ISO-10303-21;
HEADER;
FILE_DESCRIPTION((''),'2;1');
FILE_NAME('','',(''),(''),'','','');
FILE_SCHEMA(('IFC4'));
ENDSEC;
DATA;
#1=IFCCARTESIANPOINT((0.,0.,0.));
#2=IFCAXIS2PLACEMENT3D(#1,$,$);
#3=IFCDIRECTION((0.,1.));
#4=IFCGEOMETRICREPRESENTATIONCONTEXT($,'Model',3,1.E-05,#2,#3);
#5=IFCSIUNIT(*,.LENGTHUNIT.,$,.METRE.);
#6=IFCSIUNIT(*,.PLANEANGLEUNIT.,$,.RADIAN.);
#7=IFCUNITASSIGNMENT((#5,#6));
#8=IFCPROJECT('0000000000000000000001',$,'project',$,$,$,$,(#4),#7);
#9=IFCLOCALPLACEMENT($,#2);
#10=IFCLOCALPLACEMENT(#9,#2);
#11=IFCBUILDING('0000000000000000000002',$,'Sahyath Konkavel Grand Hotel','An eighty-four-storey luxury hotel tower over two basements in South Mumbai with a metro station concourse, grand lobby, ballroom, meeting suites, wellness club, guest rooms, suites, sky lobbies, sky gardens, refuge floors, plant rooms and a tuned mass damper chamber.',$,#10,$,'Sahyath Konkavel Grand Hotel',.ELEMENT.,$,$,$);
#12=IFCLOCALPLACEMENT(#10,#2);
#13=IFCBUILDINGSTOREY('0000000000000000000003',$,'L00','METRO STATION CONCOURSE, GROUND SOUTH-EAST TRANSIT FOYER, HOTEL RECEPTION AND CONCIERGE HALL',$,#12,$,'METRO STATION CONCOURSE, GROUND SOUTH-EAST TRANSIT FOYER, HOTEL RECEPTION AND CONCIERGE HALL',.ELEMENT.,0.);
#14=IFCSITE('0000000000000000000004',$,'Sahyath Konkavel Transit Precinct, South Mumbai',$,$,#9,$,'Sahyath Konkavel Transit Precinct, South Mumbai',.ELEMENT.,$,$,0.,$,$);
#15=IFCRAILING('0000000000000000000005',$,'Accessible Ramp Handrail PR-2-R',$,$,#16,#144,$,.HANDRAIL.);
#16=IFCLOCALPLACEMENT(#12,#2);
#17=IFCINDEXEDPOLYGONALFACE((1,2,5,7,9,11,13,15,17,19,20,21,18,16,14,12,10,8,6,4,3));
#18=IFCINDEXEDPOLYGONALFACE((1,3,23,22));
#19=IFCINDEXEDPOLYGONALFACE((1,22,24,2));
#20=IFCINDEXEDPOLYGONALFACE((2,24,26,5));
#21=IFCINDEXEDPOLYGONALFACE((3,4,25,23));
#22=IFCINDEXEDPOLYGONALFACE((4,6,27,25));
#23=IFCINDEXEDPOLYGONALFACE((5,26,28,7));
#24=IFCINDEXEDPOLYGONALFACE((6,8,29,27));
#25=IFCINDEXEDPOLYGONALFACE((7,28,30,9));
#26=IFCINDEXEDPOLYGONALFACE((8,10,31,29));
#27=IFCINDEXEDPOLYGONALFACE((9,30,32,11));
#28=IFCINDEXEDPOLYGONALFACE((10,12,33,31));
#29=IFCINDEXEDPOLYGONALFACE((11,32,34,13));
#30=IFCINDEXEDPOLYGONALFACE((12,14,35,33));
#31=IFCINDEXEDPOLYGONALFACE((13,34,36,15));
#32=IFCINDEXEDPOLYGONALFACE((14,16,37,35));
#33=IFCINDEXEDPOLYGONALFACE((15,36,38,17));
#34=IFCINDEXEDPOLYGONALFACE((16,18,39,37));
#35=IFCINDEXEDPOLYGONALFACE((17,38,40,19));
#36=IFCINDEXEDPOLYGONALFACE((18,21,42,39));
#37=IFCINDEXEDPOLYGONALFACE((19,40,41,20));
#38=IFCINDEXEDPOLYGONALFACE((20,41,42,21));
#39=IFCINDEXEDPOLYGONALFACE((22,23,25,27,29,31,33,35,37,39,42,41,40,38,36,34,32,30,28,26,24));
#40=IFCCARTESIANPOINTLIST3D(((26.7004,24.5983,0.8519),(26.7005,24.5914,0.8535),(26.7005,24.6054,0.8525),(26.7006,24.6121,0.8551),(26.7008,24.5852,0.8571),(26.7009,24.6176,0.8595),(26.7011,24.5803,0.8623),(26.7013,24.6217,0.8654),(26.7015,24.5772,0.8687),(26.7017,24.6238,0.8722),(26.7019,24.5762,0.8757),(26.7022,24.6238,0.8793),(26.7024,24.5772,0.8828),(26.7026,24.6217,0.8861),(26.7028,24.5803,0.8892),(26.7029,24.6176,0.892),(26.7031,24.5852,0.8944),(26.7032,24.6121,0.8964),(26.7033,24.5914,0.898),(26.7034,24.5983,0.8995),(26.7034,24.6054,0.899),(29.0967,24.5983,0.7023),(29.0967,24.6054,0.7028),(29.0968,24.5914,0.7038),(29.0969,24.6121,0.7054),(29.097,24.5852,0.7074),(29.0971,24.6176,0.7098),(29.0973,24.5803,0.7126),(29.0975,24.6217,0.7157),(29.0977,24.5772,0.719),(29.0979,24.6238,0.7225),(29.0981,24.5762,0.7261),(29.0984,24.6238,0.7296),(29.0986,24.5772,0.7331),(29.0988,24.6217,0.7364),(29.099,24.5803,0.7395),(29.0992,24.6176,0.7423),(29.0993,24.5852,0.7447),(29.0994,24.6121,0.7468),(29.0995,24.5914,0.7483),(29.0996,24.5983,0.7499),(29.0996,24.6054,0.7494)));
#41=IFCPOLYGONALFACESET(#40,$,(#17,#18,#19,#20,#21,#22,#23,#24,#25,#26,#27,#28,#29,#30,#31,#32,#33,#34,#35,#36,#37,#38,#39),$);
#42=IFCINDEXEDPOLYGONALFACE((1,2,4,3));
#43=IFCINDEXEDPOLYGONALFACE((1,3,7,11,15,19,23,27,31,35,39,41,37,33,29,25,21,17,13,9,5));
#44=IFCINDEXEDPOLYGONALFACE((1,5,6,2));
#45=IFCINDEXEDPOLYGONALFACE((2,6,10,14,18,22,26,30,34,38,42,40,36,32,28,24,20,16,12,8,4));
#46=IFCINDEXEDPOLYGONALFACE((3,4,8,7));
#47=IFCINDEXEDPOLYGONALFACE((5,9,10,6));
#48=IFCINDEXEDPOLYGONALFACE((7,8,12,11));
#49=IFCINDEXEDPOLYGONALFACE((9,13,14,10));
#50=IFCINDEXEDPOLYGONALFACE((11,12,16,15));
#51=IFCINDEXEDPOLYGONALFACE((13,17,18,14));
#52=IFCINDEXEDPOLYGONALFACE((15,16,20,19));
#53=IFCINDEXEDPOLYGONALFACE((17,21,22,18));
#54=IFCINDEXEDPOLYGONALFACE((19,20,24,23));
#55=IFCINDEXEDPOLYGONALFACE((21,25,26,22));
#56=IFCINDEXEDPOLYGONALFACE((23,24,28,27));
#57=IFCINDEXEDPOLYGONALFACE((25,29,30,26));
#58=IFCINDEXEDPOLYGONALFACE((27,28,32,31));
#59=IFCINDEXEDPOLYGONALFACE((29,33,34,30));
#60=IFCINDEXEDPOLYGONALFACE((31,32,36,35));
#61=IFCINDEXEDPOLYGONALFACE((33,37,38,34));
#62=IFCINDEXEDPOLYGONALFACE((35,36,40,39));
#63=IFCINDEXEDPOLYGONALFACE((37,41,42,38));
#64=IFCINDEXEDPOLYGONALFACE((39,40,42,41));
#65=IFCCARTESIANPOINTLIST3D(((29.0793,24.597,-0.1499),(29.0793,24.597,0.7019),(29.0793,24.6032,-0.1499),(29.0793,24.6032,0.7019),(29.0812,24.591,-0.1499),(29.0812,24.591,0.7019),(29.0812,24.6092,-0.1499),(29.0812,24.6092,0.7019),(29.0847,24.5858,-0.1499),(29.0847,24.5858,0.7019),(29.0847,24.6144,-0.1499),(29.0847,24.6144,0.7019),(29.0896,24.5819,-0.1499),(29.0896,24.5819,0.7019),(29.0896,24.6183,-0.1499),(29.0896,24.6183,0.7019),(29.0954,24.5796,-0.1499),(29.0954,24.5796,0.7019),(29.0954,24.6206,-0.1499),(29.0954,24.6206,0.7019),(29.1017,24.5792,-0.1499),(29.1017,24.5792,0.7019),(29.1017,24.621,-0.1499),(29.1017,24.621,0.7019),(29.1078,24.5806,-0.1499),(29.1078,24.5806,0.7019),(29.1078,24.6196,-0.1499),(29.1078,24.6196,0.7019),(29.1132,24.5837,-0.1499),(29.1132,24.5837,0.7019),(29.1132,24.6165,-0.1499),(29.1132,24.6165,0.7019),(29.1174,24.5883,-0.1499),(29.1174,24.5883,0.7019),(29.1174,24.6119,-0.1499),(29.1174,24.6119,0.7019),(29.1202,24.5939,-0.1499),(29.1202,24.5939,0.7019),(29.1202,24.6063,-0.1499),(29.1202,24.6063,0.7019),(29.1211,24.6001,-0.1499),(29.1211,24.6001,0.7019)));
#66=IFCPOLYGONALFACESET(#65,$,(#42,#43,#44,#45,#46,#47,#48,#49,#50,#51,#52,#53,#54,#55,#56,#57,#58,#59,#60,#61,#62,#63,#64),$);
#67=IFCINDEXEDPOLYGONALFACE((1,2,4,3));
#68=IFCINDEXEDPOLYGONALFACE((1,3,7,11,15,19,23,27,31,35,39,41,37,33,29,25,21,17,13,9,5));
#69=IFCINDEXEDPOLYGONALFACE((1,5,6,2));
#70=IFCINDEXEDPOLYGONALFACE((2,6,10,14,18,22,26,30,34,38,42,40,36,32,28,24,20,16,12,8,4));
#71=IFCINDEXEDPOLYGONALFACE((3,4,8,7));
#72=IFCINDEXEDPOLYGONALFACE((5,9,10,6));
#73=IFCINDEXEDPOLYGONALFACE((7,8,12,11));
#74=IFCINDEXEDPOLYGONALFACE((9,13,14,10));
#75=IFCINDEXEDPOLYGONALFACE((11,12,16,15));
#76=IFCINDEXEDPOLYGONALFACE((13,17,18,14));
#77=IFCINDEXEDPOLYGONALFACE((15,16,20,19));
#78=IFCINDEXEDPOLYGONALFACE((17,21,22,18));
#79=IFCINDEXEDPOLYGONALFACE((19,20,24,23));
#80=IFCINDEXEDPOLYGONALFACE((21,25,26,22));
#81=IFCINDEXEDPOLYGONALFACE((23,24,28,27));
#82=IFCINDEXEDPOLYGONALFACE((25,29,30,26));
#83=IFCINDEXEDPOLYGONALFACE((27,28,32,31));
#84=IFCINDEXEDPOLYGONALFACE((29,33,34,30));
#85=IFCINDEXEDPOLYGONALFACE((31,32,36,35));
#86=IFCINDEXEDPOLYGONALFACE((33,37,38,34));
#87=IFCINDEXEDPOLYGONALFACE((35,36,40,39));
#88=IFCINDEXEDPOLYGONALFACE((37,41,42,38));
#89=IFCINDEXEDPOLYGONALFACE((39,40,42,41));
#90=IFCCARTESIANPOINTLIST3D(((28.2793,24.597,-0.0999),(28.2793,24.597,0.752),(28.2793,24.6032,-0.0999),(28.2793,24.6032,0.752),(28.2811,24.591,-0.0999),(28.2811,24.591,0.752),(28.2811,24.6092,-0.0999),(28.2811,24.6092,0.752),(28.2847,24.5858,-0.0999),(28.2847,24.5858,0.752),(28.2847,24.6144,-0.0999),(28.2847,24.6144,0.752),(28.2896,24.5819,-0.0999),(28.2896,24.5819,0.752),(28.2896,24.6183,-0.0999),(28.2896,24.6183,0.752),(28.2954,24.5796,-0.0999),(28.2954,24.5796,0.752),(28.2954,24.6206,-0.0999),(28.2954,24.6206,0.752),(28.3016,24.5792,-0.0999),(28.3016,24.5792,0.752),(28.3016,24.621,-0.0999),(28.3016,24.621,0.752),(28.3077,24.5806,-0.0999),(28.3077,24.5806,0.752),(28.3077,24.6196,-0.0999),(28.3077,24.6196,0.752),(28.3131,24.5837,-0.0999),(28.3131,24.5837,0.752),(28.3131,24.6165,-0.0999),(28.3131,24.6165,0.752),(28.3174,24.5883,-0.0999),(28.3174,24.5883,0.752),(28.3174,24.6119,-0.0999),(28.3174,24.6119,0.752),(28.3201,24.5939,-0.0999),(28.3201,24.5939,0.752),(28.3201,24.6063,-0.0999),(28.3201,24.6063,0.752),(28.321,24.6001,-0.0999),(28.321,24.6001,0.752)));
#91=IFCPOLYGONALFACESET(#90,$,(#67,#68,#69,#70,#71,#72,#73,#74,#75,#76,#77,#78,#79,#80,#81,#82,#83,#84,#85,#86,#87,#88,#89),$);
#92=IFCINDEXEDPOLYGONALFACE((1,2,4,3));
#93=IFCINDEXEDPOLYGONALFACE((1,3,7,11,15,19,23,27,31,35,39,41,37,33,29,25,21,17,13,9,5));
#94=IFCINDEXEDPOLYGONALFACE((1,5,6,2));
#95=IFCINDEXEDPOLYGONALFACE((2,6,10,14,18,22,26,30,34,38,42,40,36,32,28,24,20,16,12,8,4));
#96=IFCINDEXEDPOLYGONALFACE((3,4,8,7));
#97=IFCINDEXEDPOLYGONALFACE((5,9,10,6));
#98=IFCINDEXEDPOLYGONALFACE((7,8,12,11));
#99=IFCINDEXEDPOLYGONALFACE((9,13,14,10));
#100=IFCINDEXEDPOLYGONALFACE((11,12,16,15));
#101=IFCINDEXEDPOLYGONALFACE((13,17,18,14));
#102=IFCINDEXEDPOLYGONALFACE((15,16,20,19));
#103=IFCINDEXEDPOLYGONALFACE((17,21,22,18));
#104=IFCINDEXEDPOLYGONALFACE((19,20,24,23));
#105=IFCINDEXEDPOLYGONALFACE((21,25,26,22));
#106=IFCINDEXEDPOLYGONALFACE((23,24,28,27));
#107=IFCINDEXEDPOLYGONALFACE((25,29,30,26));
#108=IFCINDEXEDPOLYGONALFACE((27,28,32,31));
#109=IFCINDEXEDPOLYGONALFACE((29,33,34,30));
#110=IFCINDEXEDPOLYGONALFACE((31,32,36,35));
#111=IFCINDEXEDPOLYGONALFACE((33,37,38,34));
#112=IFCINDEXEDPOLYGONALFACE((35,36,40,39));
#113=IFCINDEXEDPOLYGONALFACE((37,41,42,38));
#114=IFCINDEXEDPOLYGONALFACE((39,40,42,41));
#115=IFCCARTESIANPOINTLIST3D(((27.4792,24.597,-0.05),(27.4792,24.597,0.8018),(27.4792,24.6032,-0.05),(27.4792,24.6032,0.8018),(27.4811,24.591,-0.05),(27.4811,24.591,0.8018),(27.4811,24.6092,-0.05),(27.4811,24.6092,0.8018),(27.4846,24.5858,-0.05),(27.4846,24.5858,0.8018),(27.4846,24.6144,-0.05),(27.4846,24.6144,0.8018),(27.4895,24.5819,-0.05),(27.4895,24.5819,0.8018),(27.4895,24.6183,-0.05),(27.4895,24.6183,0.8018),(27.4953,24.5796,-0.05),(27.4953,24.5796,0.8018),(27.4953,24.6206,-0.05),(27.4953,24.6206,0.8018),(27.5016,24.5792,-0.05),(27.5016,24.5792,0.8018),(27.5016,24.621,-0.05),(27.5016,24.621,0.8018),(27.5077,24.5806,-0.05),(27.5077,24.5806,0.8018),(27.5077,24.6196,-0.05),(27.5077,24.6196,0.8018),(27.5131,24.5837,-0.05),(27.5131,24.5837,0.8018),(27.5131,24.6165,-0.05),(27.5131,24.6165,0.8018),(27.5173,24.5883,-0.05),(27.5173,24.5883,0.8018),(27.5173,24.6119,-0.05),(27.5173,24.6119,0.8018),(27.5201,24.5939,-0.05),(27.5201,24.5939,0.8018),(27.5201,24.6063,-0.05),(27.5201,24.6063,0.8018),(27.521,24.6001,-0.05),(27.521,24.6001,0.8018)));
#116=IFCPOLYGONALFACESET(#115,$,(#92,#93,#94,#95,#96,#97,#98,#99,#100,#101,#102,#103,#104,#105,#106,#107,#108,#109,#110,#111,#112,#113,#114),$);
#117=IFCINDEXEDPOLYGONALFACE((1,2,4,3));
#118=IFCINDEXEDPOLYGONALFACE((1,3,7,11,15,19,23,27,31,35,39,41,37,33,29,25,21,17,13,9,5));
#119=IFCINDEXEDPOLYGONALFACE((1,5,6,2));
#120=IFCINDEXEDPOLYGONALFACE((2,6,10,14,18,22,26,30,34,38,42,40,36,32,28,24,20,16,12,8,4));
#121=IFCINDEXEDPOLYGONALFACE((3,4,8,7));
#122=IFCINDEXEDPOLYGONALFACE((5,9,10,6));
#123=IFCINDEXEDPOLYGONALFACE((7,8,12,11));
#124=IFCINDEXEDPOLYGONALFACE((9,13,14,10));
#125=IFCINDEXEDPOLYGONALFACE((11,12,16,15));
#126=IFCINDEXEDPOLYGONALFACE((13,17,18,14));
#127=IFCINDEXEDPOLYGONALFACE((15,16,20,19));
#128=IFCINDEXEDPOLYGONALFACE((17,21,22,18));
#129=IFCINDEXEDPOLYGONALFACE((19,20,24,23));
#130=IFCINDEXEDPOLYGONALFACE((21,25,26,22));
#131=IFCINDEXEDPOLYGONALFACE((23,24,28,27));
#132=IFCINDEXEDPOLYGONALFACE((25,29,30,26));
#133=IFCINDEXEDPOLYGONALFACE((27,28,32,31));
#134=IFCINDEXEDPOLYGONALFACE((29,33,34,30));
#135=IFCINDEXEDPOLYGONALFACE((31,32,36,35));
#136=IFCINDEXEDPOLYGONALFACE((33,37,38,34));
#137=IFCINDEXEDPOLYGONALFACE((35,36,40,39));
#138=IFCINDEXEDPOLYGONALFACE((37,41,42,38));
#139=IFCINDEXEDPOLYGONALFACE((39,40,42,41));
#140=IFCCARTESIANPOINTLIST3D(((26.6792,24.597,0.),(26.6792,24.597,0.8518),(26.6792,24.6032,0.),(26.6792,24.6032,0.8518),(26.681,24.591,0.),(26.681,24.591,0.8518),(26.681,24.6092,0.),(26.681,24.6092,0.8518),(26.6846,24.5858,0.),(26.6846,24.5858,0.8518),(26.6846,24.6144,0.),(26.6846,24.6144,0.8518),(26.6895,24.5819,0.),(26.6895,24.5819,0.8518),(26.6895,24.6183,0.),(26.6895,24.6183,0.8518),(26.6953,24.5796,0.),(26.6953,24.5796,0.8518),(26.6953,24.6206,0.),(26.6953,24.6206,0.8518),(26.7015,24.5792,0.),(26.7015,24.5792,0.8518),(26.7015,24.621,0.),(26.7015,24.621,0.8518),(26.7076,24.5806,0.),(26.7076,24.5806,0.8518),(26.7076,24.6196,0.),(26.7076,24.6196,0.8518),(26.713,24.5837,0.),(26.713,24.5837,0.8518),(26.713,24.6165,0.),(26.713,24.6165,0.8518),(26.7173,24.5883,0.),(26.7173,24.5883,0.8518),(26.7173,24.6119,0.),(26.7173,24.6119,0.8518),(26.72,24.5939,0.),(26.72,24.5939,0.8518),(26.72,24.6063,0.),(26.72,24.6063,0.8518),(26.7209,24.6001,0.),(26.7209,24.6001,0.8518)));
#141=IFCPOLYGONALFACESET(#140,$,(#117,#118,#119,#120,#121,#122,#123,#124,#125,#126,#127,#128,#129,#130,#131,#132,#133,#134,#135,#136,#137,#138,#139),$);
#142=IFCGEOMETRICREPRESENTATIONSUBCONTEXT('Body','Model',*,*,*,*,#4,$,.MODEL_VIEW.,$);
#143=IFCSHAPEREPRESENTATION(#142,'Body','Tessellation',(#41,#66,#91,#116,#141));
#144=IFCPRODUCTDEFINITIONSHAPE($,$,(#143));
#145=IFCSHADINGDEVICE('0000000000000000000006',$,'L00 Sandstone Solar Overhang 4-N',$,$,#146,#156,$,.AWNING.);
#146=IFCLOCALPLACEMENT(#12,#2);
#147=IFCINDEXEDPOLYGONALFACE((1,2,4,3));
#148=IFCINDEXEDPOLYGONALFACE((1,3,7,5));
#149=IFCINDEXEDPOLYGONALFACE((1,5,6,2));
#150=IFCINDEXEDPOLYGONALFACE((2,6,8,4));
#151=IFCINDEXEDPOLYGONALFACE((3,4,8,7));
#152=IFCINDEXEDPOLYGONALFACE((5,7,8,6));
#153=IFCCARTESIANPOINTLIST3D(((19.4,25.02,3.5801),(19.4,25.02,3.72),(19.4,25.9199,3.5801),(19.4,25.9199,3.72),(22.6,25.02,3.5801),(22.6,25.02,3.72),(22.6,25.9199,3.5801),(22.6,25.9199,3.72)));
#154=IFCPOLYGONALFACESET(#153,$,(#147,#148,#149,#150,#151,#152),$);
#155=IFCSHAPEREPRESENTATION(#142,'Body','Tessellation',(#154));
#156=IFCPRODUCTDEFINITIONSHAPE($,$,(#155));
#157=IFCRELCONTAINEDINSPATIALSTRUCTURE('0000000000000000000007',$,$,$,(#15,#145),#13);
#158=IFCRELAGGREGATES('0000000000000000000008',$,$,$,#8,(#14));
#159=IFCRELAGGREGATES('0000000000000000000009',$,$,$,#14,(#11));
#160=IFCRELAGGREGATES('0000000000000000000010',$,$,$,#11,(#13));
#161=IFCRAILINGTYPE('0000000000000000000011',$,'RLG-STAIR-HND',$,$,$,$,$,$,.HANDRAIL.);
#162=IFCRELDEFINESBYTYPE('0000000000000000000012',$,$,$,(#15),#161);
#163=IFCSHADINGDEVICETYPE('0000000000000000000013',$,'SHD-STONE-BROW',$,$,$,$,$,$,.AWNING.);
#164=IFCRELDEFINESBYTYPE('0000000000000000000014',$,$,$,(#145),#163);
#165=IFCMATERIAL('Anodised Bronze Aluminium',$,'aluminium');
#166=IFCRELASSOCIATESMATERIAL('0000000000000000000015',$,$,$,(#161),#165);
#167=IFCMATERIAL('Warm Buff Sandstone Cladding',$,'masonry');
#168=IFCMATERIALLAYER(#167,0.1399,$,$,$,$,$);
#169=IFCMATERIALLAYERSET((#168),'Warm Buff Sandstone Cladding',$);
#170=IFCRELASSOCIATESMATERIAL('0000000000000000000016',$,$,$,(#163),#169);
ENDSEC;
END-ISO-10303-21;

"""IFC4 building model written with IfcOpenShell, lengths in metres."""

from ifc_helpers import new_model, si_unit, direction, frame, origin, origin_2d, place, context, subcontext, project, spatial, rectangle, circle, extrude, source, transform, mapped, material, layer, layer_set, type_object, element, save


model = new_model("IFC4")

# Units and contexts
model_context = context("Model", 3, precision=1e-05, world=origin(), true_north=direction((0.0, 1.0)))
body_context = subcontext(model_context, "Body", "Model", "MODEL_VIEW")
ifc_project = project(units=[si_unit("LENGTHUNIT", "METRE"), si_unit("PLANEANGLEUNIT", "RADIAN")], contexts=[model_context])

# Site, building, storey
site_placement = place(None, origin())
site = spatial("IfcSite", under=ifc_project, at=site_placement, Name="Sahyath Konkavel Transit Precinct, South Mumbai", LongName="Sahyath Konkavel Transit Precinct, South Mumbai", CompositionType="ELEMENT", RefElevation=0.0)
building_placement = place(site_placement, origin())
building = spatial("IfcBuilding", under=site, at=building_placement, Name="Sahyath Konkavel Grand Hotel", Description="An eighty-four-storey luxury hotel tower over two basements in South Mumbai with a metro station concourse, grand lobby, ballroom, meeting suites, wellness club, guest rooms, suites, sky lobbies, sky gardens, refuge floors, plant rooms and a tuned mass damper chamber.", LongName="Sahyath Konkavel Grand Hotel", CompositionType="ELEMENT")
storey_placement = place(building_placement, origin())
storey = spatial("IfcBuildingStorey", under=building, at=storey_placement, Name="L00", Description="METRO STATION CONCOURSE, GROUND SOUTH-EAST TRANSIT FOYER, HOTEL RECEPTION AND CONCIERGE HALL", LongName="METRO STATION CONCOURSE, GROUND SOUTH-EAST TRANSIT FOYER, HOTEL RECEPTION AND CONCIERGE HALL", CompositionType="ELEMENT", Elevation=0.0)

# Railing
ifc_material_1 = material(Name="Anodised Bronze Aluminium", Category="aluminium")
railing_type_1 = type_object("IfcRailingType", Name="RLG-STAIR-HND", PredefinedType="HANDRAIL", material=ifc_material_1)
for number, where, name in (
    (1, (29.1001, 24.6001, -0.1499), "Accessible Ramp Handrail PR-2-R"),
):
    element("IfcRailing", number, at=place(storey_placement, frame(where)), inside=storey, type_object=railing_type_1, Name=name, PredefinedType="HANDRAIL", context=body_context, shape_type="SweptSolid", body=[
        extrude(circle(Radius=0.0239, at=origin_2d()), frame((-0.002, 0.0, 0.876), z_axis=(-0.998055, 0.0, 0.062334), x_axis=(0.0, -1.0, 0.0)), (0.0, 0.0, 1.0), 2.4009),
        extrude(circle(Radius=0.021, at=origin_2d()), origin(), (0.0, 0.0, 1.0), 0.8518),
        extrude(circle(Radius=0.021, at=origin_2d()), frame((-0.8, 0.0, 0.05)), (0.0, 0.0, 1.0), 0.8518),
        extrude(circle(Radius=0.021, at=origin_2d()), frame((-1.6001, 0.0, 0.0999)), (0.0, 0.0, 1.0), 0.8518),
        extrude(circle(Radius=0.021, at=origin_2d()), frame((-2.4001, 0.0, 0.1499)), (0.0, 0.0, 1.0), 0.8518),
    ])

# Shading device
ifc_material_2 = material(Name="Warm Buff Sandstone Cladding", Category="masonry")
ifc_layer_1 = layer(ifc_material_2, 0.1399)
ifc_layer_set_1 = layer_set([ifc_layer_1], Name="Warm Buff Sandstone Cladding")
shading_device_type = type_object("IfcShadingDeviceType", Name="SHD-STONE-BROW", PredefinedType="AWNING", material=ifc_layer_set_1)
shared_shape_1 = source(origin(), body_context, "Body", "SweptSolid", [
    extrude(rectangle(XDim=3.2, YDim=0.8999, at=origin_2d()), origin(), (0.0, 0.0, 1.0), 0.1399),
])
shading_device_placement = place(storey_placement, frame((21.0, 25.47, 3.5801), z_axis=(0.0, 0.0, 1.0), x_axis=(1.0, 0.0, 0.0)))
element("IfcShadingDevice", 2, at=shading_device_placement, inside=storey, type_object=shading_device_type, Name="L00 Sandstone Solar Overhang 4-N", PredefinedType="AWNING", context=body_context, shape_type="MappedRepresentation", body=[
    mapped(shared_shape_1, transform((0.0, 0.0, 0.0), scale=1.0)),
])

save(model, "model.ifc")
